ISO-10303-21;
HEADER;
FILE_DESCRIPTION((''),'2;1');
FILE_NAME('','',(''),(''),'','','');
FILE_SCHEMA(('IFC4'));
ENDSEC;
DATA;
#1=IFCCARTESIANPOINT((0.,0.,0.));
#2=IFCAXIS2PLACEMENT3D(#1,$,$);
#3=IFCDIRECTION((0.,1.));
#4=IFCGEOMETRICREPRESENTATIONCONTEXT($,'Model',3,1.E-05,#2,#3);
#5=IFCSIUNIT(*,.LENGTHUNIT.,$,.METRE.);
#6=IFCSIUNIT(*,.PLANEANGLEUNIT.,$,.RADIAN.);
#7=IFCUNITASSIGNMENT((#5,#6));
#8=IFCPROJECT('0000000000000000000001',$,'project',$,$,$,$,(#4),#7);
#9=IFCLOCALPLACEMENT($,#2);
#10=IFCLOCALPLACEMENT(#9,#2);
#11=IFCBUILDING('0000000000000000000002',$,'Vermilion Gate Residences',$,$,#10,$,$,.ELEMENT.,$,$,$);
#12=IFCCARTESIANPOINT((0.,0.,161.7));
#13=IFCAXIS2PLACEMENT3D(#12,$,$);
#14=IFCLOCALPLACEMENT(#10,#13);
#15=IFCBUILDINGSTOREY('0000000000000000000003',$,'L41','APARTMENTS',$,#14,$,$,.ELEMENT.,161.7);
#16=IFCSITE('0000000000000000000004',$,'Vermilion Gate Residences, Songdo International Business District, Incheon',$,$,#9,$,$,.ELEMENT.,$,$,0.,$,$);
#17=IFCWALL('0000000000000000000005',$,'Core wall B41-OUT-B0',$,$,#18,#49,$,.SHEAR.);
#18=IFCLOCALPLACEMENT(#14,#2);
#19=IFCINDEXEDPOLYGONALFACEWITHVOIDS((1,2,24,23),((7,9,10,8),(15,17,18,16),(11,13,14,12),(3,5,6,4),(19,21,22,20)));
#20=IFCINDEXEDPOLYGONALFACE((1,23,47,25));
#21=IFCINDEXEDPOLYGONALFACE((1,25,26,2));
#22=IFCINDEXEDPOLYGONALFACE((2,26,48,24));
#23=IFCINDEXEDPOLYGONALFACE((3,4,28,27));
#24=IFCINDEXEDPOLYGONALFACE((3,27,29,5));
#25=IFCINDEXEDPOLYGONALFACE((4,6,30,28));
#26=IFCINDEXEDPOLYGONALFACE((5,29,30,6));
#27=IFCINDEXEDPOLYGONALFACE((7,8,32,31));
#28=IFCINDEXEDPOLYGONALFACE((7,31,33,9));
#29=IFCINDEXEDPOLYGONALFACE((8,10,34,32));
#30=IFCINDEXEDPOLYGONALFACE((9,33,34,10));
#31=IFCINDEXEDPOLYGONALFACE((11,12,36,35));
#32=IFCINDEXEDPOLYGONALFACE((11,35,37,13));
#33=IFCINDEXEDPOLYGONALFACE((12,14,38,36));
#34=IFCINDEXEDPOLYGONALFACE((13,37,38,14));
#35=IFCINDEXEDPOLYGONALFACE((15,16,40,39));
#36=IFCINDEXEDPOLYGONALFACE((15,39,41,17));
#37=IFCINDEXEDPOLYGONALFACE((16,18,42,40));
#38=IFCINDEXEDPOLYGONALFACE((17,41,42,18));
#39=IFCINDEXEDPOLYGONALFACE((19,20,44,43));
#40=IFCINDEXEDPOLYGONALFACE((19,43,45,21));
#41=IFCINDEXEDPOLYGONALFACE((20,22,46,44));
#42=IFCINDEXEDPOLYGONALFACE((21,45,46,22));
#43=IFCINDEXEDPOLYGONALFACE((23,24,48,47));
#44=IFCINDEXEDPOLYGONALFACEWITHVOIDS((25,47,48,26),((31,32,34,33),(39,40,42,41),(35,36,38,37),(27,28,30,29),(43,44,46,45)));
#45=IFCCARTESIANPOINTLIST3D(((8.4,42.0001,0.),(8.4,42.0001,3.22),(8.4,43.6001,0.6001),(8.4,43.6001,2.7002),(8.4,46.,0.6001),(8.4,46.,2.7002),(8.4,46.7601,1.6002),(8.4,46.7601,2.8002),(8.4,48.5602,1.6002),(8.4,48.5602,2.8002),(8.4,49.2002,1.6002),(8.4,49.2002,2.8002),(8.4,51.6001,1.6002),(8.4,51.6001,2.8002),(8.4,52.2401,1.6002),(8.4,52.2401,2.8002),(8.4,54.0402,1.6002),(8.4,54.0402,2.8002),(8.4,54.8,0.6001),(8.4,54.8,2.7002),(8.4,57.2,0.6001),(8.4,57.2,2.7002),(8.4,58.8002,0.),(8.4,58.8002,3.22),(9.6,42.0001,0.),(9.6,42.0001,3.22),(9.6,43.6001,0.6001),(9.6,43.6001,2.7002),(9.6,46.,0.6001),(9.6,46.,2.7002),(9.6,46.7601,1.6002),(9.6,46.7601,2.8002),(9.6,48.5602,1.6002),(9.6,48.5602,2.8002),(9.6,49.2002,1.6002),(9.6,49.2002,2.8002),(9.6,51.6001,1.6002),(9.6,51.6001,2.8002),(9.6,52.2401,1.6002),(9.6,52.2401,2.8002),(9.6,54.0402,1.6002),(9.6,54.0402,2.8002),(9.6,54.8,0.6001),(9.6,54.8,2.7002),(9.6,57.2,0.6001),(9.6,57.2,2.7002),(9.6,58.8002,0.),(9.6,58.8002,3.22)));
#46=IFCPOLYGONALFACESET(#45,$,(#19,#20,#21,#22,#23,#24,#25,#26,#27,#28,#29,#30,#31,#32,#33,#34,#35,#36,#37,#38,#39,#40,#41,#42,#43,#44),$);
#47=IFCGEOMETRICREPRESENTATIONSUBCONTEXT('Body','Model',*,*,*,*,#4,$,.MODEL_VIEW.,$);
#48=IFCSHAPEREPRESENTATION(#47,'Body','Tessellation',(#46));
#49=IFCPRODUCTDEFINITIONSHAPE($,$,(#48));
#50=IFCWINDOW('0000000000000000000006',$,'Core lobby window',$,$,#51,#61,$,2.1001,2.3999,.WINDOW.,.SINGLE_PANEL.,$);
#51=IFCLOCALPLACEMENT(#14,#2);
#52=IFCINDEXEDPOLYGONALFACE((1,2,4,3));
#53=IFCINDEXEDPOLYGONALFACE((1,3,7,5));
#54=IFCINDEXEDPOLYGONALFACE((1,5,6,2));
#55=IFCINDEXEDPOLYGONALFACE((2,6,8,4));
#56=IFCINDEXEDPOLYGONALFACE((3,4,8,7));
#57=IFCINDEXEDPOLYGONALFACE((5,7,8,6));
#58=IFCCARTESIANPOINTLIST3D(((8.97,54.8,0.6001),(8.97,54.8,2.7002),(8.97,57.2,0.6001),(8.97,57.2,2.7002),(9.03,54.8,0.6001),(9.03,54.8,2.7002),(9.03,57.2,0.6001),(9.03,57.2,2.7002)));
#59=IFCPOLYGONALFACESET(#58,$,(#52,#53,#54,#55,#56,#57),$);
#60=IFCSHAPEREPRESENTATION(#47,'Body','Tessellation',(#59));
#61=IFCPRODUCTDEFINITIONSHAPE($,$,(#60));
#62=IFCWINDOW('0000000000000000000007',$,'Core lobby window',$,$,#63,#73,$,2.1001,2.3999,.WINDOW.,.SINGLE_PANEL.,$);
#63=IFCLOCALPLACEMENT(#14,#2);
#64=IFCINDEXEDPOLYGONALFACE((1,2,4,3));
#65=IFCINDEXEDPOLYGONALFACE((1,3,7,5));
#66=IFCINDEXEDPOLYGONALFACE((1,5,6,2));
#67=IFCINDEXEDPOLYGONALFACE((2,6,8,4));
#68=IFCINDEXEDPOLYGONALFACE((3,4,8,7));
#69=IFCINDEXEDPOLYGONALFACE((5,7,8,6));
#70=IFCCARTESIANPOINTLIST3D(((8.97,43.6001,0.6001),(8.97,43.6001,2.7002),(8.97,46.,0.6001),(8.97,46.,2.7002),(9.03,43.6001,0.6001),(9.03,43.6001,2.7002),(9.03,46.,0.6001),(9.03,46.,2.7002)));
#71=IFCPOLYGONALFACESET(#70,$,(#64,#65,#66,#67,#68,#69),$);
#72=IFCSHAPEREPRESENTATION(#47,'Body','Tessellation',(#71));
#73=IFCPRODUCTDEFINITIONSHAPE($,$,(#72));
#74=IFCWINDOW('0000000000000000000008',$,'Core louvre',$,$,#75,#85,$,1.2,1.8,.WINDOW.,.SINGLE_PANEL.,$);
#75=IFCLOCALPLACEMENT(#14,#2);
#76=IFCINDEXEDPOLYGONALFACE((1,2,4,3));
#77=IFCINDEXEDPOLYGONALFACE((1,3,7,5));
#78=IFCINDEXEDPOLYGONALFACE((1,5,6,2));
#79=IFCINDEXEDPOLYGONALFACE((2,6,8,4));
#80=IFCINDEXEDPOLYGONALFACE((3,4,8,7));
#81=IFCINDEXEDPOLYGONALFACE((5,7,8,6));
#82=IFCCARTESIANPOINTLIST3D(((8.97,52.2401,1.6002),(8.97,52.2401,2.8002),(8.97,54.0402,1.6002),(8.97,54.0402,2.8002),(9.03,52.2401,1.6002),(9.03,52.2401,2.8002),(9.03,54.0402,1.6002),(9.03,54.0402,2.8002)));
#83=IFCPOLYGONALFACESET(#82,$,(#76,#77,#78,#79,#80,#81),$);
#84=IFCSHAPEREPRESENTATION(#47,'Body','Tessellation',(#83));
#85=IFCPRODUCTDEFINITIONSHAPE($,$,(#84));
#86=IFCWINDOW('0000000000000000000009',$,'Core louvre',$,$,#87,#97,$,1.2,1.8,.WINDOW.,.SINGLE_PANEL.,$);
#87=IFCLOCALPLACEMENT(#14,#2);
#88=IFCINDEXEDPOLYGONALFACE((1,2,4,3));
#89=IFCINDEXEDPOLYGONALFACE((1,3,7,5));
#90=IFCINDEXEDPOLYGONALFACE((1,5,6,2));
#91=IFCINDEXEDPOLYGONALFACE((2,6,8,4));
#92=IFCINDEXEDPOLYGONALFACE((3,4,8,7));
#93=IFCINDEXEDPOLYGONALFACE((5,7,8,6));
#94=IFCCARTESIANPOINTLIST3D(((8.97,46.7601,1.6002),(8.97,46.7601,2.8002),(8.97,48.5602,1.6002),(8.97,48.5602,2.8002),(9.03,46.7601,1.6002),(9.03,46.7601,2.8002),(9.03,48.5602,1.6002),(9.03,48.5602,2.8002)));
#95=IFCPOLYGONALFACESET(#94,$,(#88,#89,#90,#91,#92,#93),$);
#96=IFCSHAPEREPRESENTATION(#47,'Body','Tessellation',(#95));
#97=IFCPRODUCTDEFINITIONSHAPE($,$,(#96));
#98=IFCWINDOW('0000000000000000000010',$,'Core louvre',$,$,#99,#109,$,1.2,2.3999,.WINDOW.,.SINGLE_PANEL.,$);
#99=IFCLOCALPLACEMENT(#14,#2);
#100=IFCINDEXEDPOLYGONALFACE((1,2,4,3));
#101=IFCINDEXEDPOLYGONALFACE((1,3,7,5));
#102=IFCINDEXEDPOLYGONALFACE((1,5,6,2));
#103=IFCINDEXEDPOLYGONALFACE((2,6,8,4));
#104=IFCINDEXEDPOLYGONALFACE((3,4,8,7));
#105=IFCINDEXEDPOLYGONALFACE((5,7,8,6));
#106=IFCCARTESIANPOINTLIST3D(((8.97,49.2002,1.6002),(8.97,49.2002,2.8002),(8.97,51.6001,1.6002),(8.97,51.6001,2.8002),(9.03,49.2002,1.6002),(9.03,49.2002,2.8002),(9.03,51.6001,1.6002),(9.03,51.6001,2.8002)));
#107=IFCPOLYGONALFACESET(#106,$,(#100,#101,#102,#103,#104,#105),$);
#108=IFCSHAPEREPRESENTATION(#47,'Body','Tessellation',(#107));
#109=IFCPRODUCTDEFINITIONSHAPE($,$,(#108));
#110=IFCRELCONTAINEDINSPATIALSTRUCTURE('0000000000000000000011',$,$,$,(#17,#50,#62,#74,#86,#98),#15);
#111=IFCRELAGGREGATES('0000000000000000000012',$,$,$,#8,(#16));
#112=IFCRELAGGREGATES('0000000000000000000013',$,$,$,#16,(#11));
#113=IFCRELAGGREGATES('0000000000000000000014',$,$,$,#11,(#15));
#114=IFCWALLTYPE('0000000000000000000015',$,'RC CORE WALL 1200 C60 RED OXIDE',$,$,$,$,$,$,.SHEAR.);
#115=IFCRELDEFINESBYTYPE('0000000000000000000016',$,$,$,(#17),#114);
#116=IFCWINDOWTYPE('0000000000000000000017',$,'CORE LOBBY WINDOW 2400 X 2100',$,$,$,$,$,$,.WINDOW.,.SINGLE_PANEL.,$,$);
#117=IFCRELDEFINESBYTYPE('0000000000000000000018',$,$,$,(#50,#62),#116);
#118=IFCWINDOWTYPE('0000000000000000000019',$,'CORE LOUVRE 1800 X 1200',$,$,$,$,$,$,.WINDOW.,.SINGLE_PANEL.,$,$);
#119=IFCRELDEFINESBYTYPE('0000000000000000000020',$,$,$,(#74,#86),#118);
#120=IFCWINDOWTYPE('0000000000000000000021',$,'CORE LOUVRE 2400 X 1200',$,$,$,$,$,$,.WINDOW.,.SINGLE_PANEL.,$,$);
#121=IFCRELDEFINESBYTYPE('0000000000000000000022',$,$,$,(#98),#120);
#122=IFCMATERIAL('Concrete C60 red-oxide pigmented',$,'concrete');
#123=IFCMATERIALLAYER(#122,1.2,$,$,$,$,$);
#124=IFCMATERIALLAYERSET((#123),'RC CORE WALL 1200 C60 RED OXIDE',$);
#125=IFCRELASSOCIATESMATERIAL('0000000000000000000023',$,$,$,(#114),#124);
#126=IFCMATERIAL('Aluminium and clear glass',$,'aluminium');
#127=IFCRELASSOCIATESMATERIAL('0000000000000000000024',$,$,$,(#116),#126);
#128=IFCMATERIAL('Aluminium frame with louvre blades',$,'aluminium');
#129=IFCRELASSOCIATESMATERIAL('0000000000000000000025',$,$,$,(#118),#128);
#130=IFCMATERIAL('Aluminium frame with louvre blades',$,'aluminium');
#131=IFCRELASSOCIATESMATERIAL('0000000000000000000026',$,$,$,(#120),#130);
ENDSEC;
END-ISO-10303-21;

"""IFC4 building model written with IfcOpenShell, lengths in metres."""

from ifc_helpers import new_model, si_unit, direction, frame, frame_2d, origin, place, context, subcontext, project, spatial, rectangle, extrude, material, layer, layer_set, type_object, element, fill, save


model = new_model("IFC4")

# Units and contexts
model_context = context("Model", 3, precision=1e-05, world=origin(), true_north=direction((0.0, 1.0)))
body_context = subcontext(model_context, "Body", "Model", "MODEL_VIEW")
ifc_project = project(units=[si_unit("LENGTHUNIT", "METRE"), si_unit("PLANEANGLEUNIT", "RADIAN")], contexts=[model_context])

# Site, building, storey
site_placement = place(None, origin())
site = spatial("IfcSite", under=ifc_project, at=site_placement, Name="Vermilion Gate Residences, Songdo International Business District, Incheon", CompositionType="ELEMENT", RefElevation=0.0)
building_placement = place(site_placement, origin())
building = spatial("IfcBuilding", under=site, at=building_placement, Name="Vermilion Gate Residences", CompositionType="ELEMENT")
storey_placement = place(building_placement, frame((0.0, 0.0, 161.7)))
storey = spatial("IfcBuildingStorey", under=building, at=storey_placement, Name="L41", Description="APARTMENTS", CompositionType="ELEMENT", Elevation=161.7)

# Wall, openings, windows
ifc_material_1 = material(Name="Concrete C60 red-oxide pigmented", Category="concrete")
ifc_layer_1 = layer(ifc_material_1, 1.2)
ifc_layer_set_1 = layer_set([ifc_layer_1], Name="RC CORE WALL 1200 C60 RED OXIDE")
wall_type_1 = type_object("IfcWallType", Name="RC CORE WALL 1200 C60 RED OXIDE", PredefinedType="SHEAR", material=ifc_layer_set_1)
wall_1_placement = place(storey_placement, frame((9.0, 58.8, 0.0), z_axis=(0.0, 0.0, 1.0), x_axis=(0.0, -1.0, 0.0)))
wall_1 = element("IfcWall", 1, at=wall_1_placement, inside=storey, type_object=wall_type_1, Name="Core wall B41-OUT-B0", PredefinedType="SHEAR", context=body_context, shape_type="SweptSolid", body=[
    extrude(rectangle(XDim=16.8, YDim=1.2, at=frame_2d((8.3999, 0.0))), origin(), (0.0, 0.0, 1.0), 3.22),
])
opening_1_placement = place(wall_1_placement, frame((1.6001, 0.0, 0.6001)))
opening_1 = element("IfcOpeningElement", 2, at=opening_1_placement, cuts=wall_1, PredefinedType="OPENING", context=body_context, shape_type="SweptSolid", body=[
    extrude(rectangle(XDim=2.3999, YDim=2.1001, at=frame_2d((1.2, 1.05))), frame((0.0, 0.6099, 0.0), z_axis=(0.0, -1.0, 0.0), x_axis=(1.0, 0.0, 0.0)), (0.0, 0.0, 1.0), 1.22),
])
opening_2_placement = place(wall_1_placement, frame((4.76, 0.0, 1.6001)))
opening_2 = element("IfcOpeningElement", 3, at=opening_2_placement, cuts=wall_1, PredefinedType="OPENING", context=body_context, shape_type="SweptSolid", body=[
    extrude(rectangle(XDim=1.8, YDim=1.2, at=frame_2d((0.8999, 0.6001))), frame((0.0, 0.6099, 0.0), z_axis=(0.0, -1.0, 0.0), x_axis=(1.0, 0.0, 0.0)), (0.0, 0.0, 1.0), 1.22),
])
opening_3_placement = place(wall_1_placement, frame((7.2, 0.0, 1.6001)))
opening_3 = element("IfcOpeningElement", 4, at=opening_3_placement, cuts=wall_1, PredefinedType="OPENING", context=body_context, shape_type="SweptSolid", body=[
    extrude(rectangle(XDim=2.3999, YDim=1.2, at=frame_2d((1.2, 0.6001))), frame((0.0, 0.6099, 0.0), z_axis=(0.0, -1.0, 0.0), x_axis=(1.0, 0.0, 0.0)), (0.0, 0.0, 1.0), 1.22),
])
opening_4_placement = place(wall_1_placement, frame((10.24, 0.0, 1.6001)))
opening_4 = element("IfcOpeningElement", 5, at=opening_4_placement, cuts=wall_1, PredefinedType="OPENING", context=body_context, shape_type="SweptSolid", body=[
    extrude(rectangle(XDim=1.8, YDim=1.2, at=frame_2d((0.8999, 0.6001))), frame((0.0, 0.6099, 0.0), z_axis=(0.0, -1.0, 0.0), x_axis=(1.0, 0.0, 0.0)), (0.0, 0.0, 1.0), 1.22),
])
opening_5_placement = place(wall_1_placement, frame((12.8, 0.0, 0.6001)))
opening_5 = element("IfcOpeningElement", 6, at=opening_5_placement, cuts=wall_1, PredefinedType="OPENING", context=body_context, shape_type="SweptSolid", body=[
    extrude(rectangle(XDim=2.3999, YDim=2.1001, at=frame_2d((1.2, 1.05))), frame((0.0, 0.6099, 0.0), z_axis=(0.0, -1.0, 0.0), x_axis=(1.0, 0.0, 0.0)), (0.0, 0.0, 1.0), 1.22),
])
ifc_material_2 = material(Name="Aluminium and clear glass", Category="aluminium")
window_type_1 = type_object("IfcWindowType", Name="CORE LOBBY WINDOW 2400 X 2100", PartitioningType="SINGLE_PANEL", PredefinedType="WINDOW", material=ifc_material_2)
window_1_placement = place(opening_1_placement, origin())
window_1 = element("IfcWindow", 7, at=window_1_placement, inside=storey, type_object=window_type_1, Name="Core lobby window", OverallHeight=2.1001, OverallWidth=2.3999, PartitioningType="SINGLE_PANEL", PredefinedType="WINDOW", context=body_context, shape_type="SweptSolid", body=[
    extrude(rectangle(XDim=2.3999, YDim=2.1001, at=frame_2d((1.2, 1.05))), frame((0.0, 0.03, 0.0), z_axis=(0.0, -1.0, 0.0), x_axis=(1.0, 0.0, 0.0)), (0.0, 0.0, 1.0), 0.0601),
])
fill(opening_1, window_1)
window_2_placement = place(opening_5_placement, origin())
window_2 = element("IfcWindow", 8, at=window_2_placement, inside=storey, type_object=window_type_1, Name="Core lobby window", OverallHeight=2.1001, OverallWidth=2.3999, PartitioningType="SINGLE_PANEL", PredefinedType="WINDOW", context=body_context, shape_type="SweptSolid", body=[
    extrude(rectangle(XDim=2.3999, YDim=2.1001, at=frame_2d((1.2, 1.05))), frame((0.0, 0.03, 0.0), z_axis=(0.0, -1.0, 0.0), x_axis=(1.0, 0.0, 0.0)), (0.0, 0.0, 1.0), 0.0601),
])
fill(opening_5, window_2)
ifc_material_3 = material(Name="Aluminium frame with louvre blades", Category="aluminium")
window_type_2 = type_object("IfcWindowType", Name="CORE LOUVRE 1800 X 1200", PartitioningType="SINGLE_PANEL", PredefinedType="WINDOW", material=ifc_material_3)
window_3_placement = place(opening_2_placement, origin())
window_3 = element("IfcWindow", 9, at=window_3_placement, inside=storey, type_object=window_type_2, Name="Core louvre", OverallHeight=1.2, OverallWidth=1.8, PartitioningType="SINGLE_PANEL", PredefinedType="WINDOW", context=body_context, shape_type="SweptSolid", body=[
    extrude(rectangle(XDim=1.8, YDim=1.2, at=frame_2d((0.8999, 0.6001))), frame((0.0, 0.03, 0.0), z_axis=(0.0, -1.0, 0.0), x_axis=(1.0, 0.0, 0.0)), (0.0, 0.0, 1.0), 0.0601),
])
fill(opening_2, window_3)
window_4_placement = place(opening_4_placement, origin())
window_4 = element("IfcWindow", 10, at=window_4_placement, inside=storey, type_object=window_type_2, Name="Core louvre", OverallHeight=1.2, OverallWidth=1.8, PartitioningType="SINGLE_PANEL", PredefinedType="WINDOW", context=body_context, shape_type="SweptSolid", body=[
    extrude(rectangle(XDim=1.8, YDim=1.2, at=frame_2d((0.8999, 0.6001))), frame((0.0, 0.03, 0.0), z_axis=(0.0, -1.0, 0.0), x_axis=(1.0, 0.0, 0.0)), (0.0, 0.0, 1.0), 0.0601),
])
fill(opening_4, window_4)
ifc_material_4 = material(Name="Aluminium frame with louvre blades", Category="aluminium")
window_type_3 = type_object("IfcWindowType", Name="CORE LOUVRE 2400 X 1200", PartitioningType="SINGLE_PANEL", PredefinedType="WINDOW", material=ifc_material_4)
window_5_placement = place(opening_3_placement, origin())
window_5 = element("IfcWindow", 11, at=window_5_placement, inside=storey, type_object=window_type_3, Name="Core louvre", OverallHeight=1.2, OverallWidth=2.3999, PartitioningType="SINGLE_PANEL", PredefinedType="WINDOW", context=body_context, shape_type="SweptSolid", body=[
    extrude(rectangle(XDim=2.3999, YDim=1.2, at=frame_2d((1.2, 0.6001))), frame((0.0, 0.03, 0.0), z_axis=(0.0, -1.0, 0.0), x_axis=(1.0, 0.0, 0.0)), (0.0, 0.0, 1.0), 0.0601),
])
fill(opening_3, window_5)

save(model, "model.ifc")
